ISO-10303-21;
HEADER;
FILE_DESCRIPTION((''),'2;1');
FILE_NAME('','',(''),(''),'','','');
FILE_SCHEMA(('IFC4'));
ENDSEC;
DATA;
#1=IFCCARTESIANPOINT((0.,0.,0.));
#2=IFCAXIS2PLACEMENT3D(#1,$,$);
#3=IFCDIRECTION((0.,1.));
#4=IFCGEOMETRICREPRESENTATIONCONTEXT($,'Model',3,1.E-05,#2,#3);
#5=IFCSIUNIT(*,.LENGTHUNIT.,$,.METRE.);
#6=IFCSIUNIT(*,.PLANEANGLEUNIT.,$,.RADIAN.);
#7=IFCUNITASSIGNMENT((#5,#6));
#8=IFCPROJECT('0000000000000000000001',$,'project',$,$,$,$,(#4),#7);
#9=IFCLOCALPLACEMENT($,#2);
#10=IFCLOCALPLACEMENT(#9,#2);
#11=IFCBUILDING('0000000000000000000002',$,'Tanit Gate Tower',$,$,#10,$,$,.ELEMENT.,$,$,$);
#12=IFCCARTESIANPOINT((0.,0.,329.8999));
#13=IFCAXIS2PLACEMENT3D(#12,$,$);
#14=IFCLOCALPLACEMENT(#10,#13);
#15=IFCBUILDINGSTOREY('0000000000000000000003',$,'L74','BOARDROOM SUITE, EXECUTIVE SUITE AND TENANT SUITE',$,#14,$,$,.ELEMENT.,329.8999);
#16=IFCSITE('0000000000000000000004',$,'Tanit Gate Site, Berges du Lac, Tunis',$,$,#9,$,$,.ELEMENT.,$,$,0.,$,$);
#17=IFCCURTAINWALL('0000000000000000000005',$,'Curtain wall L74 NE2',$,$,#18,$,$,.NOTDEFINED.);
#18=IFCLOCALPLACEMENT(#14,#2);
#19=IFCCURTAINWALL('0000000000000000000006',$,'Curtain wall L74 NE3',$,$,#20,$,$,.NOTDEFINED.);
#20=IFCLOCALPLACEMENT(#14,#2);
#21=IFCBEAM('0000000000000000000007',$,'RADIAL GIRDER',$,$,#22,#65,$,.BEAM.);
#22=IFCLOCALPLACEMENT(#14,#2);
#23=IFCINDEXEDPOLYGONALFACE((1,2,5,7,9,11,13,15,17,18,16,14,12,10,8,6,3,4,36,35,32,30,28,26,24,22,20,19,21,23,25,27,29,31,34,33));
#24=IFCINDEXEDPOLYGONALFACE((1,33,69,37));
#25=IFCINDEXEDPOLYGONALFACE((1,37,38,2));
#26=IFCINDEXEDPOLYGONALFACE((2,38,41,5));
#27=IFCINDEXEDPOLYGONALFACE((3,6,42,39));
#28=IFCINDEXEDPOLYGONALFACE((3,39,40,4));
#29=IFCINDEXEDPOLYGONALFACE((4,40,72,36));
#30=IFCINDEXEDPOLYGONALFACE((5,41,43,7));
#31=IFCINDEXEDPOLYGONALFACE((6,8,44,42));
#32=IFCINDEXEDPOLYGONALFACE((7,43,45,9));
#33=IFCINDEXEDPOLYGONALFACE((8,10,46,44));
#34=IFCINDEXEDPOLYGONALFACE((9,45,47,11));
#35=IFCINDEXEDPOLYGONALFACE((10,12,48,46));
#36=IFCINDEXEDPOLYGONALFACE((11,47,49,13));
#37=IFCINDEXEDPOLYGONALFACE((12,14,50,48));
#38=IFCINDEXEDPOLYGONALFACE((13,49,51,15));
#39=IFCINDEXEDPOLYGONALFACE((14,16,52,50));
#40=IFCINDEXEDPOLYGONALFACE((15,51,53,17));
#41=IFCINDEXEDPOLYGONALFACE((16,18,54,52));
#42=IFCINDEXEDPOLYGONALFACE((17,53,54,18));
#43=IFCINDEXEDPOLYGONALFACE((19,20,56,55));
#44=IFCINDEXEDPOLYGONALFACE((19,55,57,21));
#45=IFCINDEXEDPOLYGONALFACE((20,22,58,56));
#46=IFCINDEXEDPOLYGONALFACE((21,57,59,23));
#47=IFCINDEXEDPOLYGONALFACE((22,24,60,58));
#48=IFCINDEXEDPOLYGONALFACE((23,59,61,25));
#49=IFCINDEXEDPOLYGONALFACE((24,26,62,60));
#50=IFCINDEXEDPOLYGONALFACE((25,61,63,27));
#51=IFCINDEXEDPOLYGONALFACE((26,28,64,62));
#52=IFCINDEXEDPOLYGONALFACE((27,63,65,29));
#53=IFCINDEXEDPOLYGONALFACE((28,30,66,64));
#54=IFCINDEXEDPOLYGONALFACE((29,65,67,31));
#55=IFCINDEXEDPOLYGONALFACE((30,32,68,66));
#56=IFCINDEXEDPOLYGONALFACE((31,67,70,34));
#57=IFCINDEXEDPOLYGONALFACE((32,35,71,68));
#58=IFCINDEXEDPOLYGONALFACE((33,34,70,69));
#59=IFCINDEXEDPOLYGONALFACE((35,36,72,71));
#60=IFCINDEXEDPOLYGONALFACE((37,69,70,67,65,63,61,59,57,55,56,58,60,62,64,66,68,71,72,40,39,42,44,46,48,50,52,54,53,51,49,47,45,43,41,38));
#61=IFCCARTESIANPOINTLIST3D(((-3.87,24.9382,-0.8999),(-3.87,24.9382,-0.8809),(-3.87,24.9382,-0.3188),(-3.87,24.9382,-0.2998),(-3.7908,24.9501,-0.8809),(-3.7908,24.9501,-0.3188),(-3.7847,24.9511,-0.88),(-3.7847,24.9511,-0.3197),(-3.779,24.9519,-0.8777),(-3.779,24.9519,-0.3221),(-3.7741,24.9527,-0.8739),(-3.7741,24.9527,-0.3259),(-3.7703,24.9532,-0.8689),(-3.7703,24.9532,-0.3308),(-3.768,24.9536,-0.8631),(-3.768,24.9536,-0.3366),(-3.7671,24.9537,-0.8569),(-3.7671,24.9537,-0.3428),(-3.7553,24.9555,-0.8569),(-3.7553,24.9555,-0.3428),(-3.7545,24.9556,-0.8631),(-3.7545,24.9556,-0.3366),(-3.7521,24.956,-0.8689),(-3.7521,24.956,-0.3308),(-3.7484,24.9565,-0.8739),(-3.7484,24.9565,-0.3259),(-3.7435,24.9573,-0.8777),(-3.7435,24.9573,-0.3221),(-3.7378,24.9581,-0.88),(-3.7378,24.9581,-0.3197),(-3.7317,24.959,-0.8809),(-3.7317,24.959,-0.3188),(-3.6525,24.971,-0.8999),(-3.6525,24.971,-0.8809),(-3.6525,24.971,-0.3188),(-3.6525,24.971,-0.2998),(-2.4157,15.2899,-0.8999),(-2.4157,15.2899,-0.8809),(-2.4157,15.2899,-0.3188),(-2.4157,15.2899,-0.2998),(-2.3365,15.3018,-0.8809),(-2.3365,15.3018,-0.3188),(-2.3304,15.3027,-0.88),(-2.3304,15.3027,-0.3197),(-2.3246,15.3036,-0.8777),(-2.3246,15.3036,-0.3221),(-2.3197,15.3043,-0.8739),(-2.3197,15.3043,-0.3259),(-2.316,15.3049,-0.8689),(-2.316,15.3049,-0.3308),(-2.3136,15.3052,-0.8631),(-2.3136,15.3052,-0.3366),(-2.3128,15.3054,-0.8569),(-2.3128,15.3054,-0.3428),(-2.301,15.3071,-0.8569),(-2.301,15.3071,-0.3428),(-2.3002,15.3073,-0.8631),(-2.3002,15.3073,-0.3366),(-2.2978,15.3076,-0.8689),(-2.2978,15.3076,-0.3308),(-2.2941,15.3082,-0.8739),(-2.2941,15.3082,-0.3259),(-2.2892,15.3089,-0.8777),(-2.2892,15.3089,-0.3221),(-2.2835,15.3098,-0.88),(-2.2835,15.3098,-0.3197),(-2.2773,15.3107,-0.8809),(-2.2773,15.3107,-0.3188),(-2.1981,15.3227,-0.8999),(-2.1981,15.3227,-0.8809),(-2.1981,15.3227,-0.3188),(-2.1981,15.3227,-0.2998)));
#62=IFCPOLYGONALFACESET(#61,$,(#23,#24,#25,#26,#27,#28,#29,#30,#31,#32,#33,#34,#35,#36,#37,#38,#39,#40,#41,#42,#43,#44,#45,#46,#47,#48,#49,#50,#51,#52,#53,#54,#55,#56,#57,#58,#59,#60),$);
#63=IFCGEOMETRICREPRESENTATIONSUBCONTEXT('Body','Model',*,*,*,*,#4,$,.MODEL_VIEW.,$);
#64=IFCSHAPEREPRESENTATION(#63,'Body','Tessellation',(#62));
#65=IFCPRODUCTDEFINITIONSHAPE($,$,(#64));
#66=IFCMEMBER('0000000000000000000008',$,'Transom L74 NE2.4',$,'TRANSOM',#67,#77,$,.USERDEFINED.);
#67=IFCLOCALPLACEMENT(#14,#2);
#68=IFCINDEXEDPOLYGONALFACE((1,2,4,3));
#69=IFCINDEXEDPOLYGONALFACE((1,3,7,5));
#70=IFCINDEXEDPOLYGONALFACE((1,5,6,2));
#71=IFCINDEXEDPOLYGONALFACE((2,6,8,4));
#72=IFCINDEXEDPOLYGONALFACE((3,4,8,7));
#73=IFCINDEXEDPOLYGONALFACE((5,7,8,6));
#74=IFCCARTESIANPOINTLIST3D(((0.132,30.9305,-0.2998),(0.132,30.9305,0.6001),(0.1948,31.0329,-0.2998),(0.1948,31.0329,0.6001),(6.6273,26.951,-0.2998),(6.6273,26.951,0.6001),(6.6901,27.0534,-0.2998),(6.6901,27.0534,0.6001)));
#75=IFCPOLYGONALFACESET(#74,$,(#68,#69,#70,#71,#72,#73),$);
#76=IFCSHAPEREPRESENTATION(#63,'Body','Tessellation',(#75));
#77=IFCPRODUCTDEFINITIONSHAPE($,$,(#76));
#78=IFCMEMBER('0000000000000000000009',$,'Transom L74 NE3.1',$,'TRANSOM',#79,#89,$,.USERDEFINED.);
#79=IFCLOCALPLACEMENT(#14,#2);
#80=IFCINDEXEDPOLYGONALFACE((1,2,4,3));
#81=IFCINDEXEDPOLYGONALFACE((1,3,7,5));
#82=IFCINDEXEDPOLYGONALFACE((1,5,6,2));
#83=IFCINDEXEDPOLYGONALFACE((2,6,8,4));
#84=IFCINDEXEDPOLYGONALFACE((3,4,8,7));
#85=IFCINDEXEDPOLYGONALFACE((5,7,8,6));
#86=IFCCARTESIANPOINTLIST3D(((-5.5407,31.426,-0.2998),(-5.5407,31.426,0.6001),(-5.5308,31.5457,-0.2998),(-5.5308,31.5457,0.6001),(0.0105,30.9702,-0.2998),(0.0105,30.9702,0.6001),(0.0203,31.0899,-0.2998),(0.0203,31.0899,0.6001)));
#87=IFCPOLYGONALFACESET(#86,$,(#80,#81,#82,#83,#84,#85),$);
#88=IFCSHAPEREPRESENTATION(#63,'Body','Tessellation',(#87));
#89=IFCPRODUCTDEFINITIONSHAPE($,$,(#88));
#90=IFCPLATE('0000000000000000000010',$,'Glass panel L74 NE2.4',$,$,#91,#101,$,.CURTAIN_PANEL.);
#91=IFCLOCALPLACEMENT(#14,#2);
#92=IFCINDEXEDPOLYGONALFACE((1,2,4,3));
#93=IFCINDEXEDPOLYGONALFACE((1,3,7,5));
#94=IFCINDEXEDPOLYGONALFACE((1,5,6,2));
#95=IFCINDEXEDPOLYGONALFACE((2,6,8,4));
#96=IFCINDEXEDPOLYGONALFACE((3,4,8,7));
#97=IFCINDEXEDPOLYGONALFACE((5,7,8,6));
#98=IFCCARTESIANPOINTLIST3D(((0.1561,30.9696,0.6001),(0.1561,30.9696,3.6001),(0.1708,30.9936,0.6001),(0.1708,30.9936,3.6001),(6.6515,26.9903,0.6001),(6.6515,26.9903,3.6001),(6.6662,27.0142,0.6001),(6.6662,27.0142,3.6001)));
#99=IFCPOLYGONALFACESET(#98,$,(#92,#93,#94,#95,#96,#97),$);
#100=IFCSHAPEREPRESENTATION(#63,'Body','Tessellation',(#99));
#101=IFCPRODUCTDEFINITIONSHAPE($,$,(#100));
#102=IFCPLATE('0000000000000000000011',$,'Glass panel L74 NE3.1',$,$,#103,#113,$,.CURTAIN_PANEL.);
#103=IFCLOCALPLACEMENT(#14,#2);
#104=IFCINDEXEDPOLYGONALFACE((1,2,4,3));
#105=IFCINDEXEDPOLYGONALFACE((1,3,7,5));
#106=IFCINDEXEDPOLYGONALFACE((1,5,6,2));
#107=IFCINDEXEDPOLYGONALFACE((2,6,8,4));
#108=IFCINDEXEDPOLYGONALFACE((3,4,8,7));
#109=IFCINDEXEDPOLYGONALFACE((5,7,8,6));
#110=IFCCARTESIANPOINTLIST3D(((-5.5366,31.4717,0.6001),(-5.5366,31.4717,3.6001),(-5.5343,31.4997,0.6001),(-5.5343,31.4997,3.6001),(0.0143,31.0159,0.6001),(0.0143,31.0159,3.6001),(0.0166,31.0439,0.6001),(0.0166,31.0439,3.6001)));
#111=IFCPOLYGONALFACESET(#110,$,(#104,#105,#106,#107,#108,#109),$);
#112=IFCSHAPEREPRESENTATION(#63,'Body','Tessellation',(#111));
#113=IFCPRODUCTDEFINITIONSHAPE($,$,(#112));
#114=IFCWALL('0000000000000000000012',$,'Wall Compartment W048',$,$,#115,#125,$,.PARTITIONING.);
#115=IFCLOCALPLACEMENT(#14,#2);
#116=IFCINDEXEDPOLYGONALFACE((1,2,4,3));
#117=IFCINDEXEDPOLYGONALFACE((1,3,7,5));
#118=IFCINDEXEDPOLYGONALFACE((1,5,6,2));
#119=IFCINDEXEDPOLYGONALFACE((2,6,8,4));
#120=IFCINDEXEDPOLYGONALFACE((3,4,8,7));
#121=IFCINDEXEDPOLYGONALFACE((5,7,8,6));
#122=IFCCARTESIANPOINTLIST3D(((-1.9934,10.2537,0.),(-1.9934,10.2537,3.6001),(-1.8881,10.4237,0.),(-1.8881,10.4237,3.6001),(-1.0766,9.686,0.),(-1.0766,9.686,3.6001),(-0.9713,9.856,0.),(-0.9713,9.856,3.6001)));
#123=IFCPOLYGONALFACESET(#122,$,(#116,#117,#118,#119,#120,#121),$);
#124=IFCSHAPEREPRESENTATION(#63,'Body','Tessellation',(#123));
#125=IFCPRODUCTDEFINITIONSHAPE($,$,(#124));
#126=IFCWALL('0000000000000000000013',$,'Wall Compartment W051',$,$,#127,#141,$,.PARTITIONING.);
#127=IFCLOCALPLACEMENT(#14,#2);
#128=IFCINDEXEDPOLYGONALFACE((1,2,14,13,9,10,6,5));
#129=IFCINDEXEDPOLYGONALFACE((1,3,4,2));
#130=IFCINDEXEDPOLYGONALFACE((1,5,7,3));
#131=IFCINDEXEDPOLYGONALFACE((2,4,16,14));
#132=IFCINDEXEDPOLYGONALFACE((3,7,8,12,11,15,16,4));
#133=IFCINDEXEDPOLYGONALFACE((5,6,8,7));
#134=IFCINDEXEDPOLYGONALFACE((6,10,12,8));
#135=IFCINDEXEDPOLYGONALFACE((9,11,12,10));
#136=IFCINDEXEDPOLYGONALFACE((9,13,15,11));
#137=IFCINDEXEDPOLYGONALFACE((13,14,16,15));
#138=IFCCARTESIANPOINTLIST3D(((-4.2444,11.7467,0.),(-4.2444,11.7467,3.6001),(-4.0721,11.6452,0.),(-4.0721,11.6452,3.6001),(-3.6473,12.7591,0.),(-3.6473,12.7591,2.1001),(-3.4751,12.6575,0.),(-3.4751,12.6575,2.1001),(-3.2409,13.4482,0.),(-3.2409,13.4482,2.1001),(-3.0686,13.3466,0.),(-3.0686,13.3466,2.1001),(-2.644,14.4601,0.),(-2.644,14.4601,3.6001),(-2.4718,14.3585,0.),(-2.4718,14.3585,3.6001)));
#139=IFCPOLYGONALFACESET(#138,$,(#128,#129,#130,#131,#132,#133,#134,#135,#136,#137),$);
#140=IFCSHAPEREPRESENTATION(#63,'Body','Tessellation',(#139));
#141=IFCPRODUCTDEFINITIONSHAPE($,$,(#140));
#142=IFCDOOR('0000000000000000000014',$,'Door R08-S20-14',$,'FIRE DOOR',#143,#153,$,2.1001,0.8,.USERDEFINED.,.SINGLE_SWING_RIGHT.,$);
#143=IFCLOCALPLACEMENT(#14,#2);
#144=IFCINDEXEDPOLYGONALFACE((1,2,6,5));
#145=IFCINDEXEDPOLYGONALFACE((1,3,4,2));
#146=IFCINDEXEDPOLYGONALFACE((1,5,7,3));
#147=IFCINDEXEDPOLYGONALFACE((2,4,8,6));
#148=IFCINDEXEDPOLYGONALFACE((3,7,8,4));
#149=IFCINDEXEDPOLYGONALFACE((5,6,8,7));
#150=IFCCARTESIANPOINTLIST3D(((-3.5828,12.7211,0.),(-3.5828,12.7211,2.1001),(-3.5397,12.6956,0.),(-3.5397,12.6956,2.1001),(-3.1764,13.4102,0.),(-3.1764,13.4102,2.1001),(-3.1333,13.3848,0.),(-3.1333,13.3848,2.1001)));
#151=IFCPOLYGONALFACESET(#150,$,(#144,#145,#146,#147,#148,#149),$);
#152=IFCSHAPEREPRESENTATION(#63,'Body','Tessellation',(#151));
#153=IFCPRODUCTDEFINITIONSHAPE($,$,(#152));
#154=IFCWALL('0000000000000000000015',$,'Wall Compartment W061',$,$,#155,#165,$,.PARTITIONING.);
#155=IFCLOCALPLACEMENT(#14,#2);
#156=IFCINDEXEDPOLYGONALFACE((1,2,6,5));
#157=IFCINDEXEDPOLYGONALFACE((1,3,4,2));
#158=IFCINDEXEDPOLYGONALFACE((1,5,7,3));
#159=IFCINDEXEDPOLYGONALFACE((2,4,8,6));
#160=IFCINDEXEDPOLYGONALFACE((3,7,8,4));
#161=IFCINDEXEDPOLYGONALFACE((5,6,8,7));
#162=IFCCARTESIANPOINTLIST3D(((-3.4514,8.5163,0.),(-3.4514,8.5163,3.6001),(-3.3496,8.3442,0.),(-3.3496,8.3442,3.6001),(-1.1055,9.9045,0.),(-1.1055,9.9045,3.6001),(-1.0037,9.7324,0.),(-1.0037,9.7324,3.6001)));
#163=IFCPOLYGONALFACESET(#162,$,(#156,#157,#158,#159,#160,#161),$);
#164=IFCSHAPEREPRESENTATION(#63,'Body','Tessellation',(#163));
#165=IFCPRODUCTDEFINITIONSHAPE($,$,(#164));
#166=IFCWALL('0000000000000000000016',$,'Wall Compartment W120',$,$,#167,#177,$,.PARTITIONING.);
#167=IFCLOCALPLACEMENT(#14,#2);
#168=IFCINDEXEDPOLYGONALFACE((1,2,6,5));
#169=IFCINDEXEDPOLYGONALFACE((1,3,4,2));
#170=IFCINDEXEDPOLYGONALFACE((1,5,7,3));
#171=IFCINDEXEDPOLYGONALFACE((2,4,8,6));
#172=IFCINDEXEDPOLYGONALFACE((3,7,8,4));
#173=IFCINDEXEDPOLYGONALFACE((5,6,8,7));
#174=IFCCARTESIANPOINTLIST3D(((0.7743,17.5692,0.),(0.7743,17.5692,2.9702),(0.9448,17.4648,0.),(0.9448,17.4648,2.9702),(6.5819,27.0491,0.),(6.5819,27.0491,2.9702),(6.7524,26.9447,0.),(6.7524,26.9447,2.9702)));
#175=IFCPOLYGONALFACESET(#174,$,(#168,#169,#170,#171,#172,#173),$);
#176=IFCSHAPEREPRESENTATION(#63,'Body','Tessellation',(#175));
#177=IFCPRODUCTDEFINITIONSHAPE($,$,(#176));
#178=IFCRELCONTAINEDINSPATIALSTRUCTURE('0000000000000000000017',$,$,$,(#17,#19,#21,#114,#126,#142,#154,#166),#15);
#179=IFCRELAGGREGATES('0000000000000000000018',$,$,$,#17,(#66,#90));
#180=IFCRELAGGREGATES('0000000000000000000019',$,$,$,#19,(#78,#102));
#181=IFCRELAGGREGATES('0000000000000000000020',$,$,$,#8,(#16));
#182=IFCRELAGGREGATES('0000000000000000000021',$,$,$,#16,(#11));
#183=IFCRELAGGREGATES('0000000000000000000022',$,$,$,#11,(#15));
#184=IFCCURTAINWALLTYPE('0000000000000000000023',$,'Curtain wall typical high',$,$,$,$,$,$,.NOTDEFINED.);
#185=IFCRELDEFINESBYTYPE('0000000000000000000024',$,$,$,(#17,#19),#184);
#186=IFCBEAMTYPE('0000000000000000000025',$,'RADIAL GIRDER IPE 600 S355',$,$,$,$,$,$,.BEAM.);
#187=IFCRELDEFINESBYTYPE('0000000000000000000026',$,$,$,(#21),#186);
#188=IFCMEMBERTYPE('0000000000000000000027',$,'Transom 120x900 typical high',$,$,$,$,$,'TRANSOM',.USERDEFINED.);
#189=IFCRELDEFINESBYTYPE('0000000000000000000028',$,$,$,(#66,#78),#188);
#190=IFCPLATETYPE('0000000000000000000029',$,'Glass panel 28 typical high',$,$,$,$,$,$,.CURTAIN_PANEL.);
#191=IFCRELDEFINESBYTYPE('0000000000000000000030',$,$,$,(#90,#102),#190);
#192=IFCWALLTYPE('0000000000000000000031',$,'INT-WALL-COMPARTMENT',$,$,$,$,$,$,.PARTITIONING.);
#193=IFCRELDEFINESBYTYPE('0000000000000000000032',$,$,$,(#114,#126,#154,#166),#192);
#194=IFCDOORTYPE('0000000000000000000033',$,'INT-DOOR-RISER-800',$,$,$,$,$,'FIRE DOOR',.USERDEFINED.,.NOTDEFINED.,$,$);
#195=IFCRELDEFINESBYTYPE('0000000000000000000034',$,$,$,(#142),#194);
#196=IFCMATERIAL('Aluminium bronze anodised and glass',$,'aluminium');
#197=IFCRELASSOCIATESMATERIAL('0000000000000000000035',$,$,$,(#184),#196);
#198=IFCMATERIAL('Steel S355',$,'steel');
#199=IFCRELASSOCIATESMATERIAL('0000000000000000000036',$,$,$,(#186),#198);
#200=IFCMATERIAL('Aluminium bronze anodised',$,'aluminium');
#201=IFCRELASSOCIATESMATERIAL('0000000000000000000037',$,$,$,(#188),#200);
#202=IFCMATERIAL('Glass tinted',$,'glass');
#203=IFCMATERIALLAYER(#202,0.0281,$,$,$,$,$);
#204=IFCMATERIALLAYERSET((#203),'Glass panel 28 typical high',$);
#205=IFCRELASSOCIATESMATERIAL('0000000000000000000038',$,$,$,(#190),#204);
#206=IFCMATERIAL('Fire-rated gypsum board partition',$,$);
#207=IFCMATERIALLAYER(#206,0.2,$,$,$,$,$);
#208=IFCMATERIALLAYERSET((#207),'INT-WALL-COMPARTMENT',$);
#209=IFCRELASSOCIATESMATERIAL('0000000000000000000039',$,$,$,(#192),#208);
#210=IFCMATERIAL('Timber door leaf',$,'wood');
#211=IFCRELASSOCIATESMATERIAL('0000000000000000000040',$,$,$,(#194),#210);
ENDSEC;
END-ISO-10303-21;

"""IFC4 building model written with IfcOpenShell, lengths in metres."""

from ifc_helpers import new_model, si_unit, direction, frame, frame_2d, origin, origin_2d, place, context, subcontext, project, spatial, rectangle, i_section, extrude, material, layer, layer_set, material_profile, profile_set, type_object, element, fill, aggregate, save


model = new_model("IFC4")

# Units and contexts
model_context = context("Model", 3, precision=1e-05, world=origin(), true_north=direction((0.0, 1.0)))
body_context = subcontext(model_context, "Body", "Model", "MODEL_VIEW")
ifc_project = project(units=[si_unit("LENGTHUNIT", "METRE"), si_unit("PLANEANGLEUNIT", "RADIAN")], contexts=[model_context])

# Site, building, storey
site_placement = place(None, origin())
site = spatial("IfcSite", under=ifc_project, at=site_placement, Name="Tanit Gate Site, Berges du Lac, Tunis", CompositionType="ELEMENT", RefElevation=0.0)
building_placement = place(site_placement, origin())
building = spatial("IfcBuilding", under=site, at=building_placement, Name="Tanit Gate Tower", CompositionType="ELEMENT")
storey_placement = place(building_placement, frame((0.0, 0.0, 329.8999)))
storey = spatial("IfcBuildingStorey", under=building, at=storey_placement, Name="L74", Description="BOARDROOM SUITE, EXECUTIVE SUITE AND TENANT SUITE", CompositionType="ELEMENT", Elevation=329.8999)

# Curtain walls
ifc_material_1 = material(Name="Aluminium bronze anodised and glass", Category="aluminium")
curtain_wall_type = type_object("IfcCurtainWallType", Name="Curtain wall typical high", PredefinedType="NOTDEFINED", material=ifc_material_1)
curtain_wall_1_placement = place(storey_placement, origin())
curtain_wall_1 = element("IfcCurtainWall", 1, at=curtain_wall_1_placement, inside=storey, type_object=curtain_wall_type, Name="Curtain wall L74 NE2", PredefinedType="NOTDEFINED")
curtain_wall_2_placement = place(storey_placement, origin())
curtain_wall_2 = element("IfcCurtainWall", 2, at=curtain_wall_2_placement, inside=storey, type_object=curtain_wall_type, Name="Curtain wall L74 NE3", PredefinedType="NOTDEFINED")

# Beam
ifc_material_2 = material(Name="Steel S355", Category="steel")
ifc_material_profile_1 = material_profile(ifc_material_2, i_section(OverallWidth=0.22, OverallDepth=0.6001, WebThickness=0.012, FlangeThickness=0.019, FilletRadius=0.0239, at=origin_2d()), Name="IPE 600")
ifc_profile_set_1 = profile_set([ifc_material_profile_1], Name="Steel S355")
beam_type_1 = type_object("IfcBeamType", Name="RADIAL GIRDER IPE 600 S355", PredefinedType="BEAM", material=ifc_profile_set_1)
beam_1_placement = place(storey_placement, frame((-3.7612, 24.9546, -0.5999), z_axis=(0.14905, -0.98883, 0.0), x_axis=(0.98883, 0.14905, 0.0)))
element("IfcBeam", 3, at=beam_1_placement, inside=storey, type_object=beam_type_1, Name="RADIAL GIRDER", PredefinedType="BEAM", context=body_context, shape_type="SweptSolid", body=[
    extrude(i_section(OverallWidth=0.22, OverallDepth=0.6001, WebThickness=0.012, FlangeThickness=0.019, FilletRadius=0.0239, at=origin_2d()), origin(), (0.0, 0.0, 1.0), 9.7573),
])

# Members
ifc_material_3 = material(Name="Aluminium bronze anodised", Category="aluminium")
ifc_material_profile_2 = material_profile(ifc_material_3, rectangle(XDim=0.1201, YDim=0.8999, at=origin_2d()), Name="120x900 bronze transom")
ifc_profile_set_2 = profile_set([ifc_material_profile_2], Name="Aluminium bronze anodised")
member_type_1 = type_object("IfcMemberType", Name="Transom 120x900 typical high", ElementType="TRANSOM", PredefinedType="USERDEFINED", material=ifc_profile_set_2)
member_1_placement = place(storey_placement, frame((6.6587, 27.0022, 0.1501), z_axis=(-0.852691, 0.522415, 0.0), x_axis=(-0.522415, -0.852691, 0.0)))
member_1 = element("IfcMember", 4, at=member_1_placement, type_object=member_type_1, Name="Transom L74 NE2.4", ObjectType="TRANSOM", PredefinedType="USERDEFINED", context=body_context, shape_type="SweptSolid", body=[
    extrude(rectangle(XDim=0.1201, YDim=0.8999, at=origin_2d()), origin(), (0.0, 0.0, 1.0), 7.6174),
])
member_2_placement = place(storey_placement, frame((0.0154, 31.03, 0.1501), z_axis=(-0.996646, 0.081837, 0.0), x_axis=(-0.081837, -0.996646, 0.0)))
member_2 = element("IfcMember", 5, at=member_2_placement, type_object=member_type_1, Name="Transom L74 NE3.1", ObjectType="TRANSOM", PredefinedType="USERDEFINED", context=body_context, shape_type="SweptSolid", body=[
    extrude(rectangle(XDim=0.1201, YDim=0.8999, at=origin_2d()), origin(), (0.0, 0.0, 1.0), 5.5698),
])

# Plates
ifc_material_4 = material(Name="Glass tinted", Category="glass")
ifc_layer_1 = layer(ifc_material_4, 0.0281)
ifc_layer_set_1 = layer_set([ifc_layer_1], Name="Glass panel 28 typical high")
plate_type = type_object("IfcPlateType", Name="Glass panel 28 typical high", PredefinedType="CURTAIN_PANEL", material=ifc_layer_set_1)
plate_1_placement = place(storey_placement, frame((3.4111, 28.9919, 0.6001), z_axis=(0.0, 0.0, 1.0), x_axis=(-0.8527, 0.522401, 0.0)))
plate_1 = element("IfcPlate", 6, at=plate_1_placement, type_object=plate_type, Name="Glass panel L74 NE2.4", PredefinedType="CURTAIN_PANEL", context=body_context, shape_type="SweptSolid", body=[
    extrude(rectangle(XDim=7.6174, YDim=0.0281, at=origin_2d()), origin(), (0.0, 0.0, 1.0), 3.0),
])
aggregate(curtain_wall_1, [member_1, plate_1])
plate_2_placement = place(storey_placement, frame((-2.76, 31.2578, 0.6001), z_axis=(0.0, 0.0, 1.0), x_axis=(-0.996646, 0.08183, 0.0)))
plate_2 = element("IfcPlate", 7, at=plate_2_placement, type_object=plate_type, Name="Glass panel L74 NE3.1", PredefinedType="CURTAIN_PANEL", context=body_context, shape_type="SweptSolid", body=[
    extrude(rectangle(XDim=5.5696, YDim=0.0281, at=origin_2d()), origin(), (0.0, 0.0, 1.0), 3.0),
])
aggregate(curtain_wall_2, [member_2, plate_2])

# Wall
ifc_material_5 = material(Name="Fire-rated gypsum board partition")
ifc_layer_2 = layer(ifc_material_5, 0.2)
ifc_layer_set_2 = layer_set([ifc_layer_2], Name="INT-WALL-COMPARTMENT")
wall_type_1 = type_object("IfcWallType", Name="INT-WALL-COMPARTMENT", PredefinedType="PARTITIONING", material=ifc_layer_set_2)
wall_1_placement = place(storey_placement, frame((-1.9407, 10.3386, 0.0), z_axis=(0.0, 0.0, 1.0), x_axis=(0.850217, -0.526433, 0.0)))
element("IfcWall", 8, at=wall_1_placement, inside=storey, type_object=wall_type_1, Name="Wall Compartment W048", PredefinedType="PARTITIONING", context=body_context, shape_type="SweptSolid", body=[
    extrude(rectangle(XDim=1.0784, YDim=0.2, at=frame_2d((0.5391, 0.0))), origin(), (0.0, 0.0, 1.0), 3.6001),
])

# Wall, opening, door
wall_2_placement = place(storey_placement, frame((-2.5579, 14.4094, 0.0), z_axis=(0.0, 0.0, 1.0), x_axis=(-0.508019, -0.861346, 0.0)))
wall_2 = element("IfcWall", 9, at=wall_2_placement, inside=storey, type_object=wall_type_1, Name="Wall Compartment W051", PredefinedType="PARTITIONING", context=body_context, shape_type="SweptSolid", body=[
    extrude(rectangle(XDim=3.1501, YDim=0.2, at=frame_2d((1.5752, 0.0))), origin(), (0.0, 0.0, 1.0), 3.6001),
])
opening_1_placement = place(wall_2_placement, frame((1.175, 0.0, 0.0)))
opening_1 = element("IfcOpeningElement", 10, at=opening_1_placement, cuts=wall_2, PredefinedType="OPENING", context=body_context, shape_type="SweptSolid", body=[
    extrude(rectangle(XDim=0.8, YDim=2.1001, at=frame_2d((0.3999, 1.05))), frame((0.0, 0.1099, 0.0), z_axis=(0.0, -1.0, 0.0), x_axis=(1.0, 0.0, 0.0)), (0.0, 0.0, 1.0), 0.22),
])
ifc_material_6 = material(Name="Timber door leaf", Category="wood")
door_type = type_object("IfcDoorType", Name="INT-DOOR-RISER-800", ElementType="FIRE DOOR", OperationType="NOTDEFINED", PredefinedType="USERDEFINED", material=ifc_material_6)
door_1_placement = place(opening_1_placement, origin())
door_1 = element("IfcDoor", 11, at=door_1_placement, inside=storey, type_object=door_type, Name="Door R08-S20-14", ObjectType="FIRE DOOR", OperationType="SINGLE_SWING_RIGHT", OverallHeight=2.1001, OverallWidth=0.8, PredefinedType="USERDEFINED", context=body_context, shape_type="SweptSolid", body=[
    extrude(rectangle(XDim=0.8, YDim=2.1001, at=frame_2d((0.3999, 1.05))), frame((0.0, 0.0249, 0.0), z_axis=(0.0, -1.0, 0.0), x_axis=(1.0, 0.0, 0.0)), (0.0, 0.0, 1.0), 0.05),
])
fill(opening_1, door_1)

# Walls
wall_3_placement = place(storey_placement, frame((-1.0547, 9.8184, 0.0), z_axis=(0.0, 0.0, 1.0), x_axis=(-0.860614, -0.509257, 0.0)))
element("IfcWall", 12, at=wall_3_placement, inside=storey, type_object=wall_type_1, Name="Wall Compartment W061", PredefinedType="PARTITIONING", context=body_context, shape_type="SweptSolid", body=[
    extrude(rectangle(XDim=2.7258, YDim=0.2, at=frame_2d((1.3628, 0.0))), origin(), (0.0, 0.0, 1.0), 3.6001),
])
wall_4_placement = place(storey_placement, frame((0.8596, 17.5171, 0.0), z_axis=(0.0, 0.0, 1.0), x_axis=(0.522386, 0.852709, 0.0)))
element("IfcWall", 13, at=wall_4_placement, inside=storey, type_object=wall_type_1, Name="Wall Compartment W120", PredefinedType="PARTITIONING", context=body_context, shape_type="SweptSolid", body=[
    extrude(rectangle(XDim=11.1174, YDim=0.2, at=frame_2d((5.5586, 0.0))), origin(), (0.0, 0.0, 1.0), 2.9702),
])

save(model, "model.ifc")
